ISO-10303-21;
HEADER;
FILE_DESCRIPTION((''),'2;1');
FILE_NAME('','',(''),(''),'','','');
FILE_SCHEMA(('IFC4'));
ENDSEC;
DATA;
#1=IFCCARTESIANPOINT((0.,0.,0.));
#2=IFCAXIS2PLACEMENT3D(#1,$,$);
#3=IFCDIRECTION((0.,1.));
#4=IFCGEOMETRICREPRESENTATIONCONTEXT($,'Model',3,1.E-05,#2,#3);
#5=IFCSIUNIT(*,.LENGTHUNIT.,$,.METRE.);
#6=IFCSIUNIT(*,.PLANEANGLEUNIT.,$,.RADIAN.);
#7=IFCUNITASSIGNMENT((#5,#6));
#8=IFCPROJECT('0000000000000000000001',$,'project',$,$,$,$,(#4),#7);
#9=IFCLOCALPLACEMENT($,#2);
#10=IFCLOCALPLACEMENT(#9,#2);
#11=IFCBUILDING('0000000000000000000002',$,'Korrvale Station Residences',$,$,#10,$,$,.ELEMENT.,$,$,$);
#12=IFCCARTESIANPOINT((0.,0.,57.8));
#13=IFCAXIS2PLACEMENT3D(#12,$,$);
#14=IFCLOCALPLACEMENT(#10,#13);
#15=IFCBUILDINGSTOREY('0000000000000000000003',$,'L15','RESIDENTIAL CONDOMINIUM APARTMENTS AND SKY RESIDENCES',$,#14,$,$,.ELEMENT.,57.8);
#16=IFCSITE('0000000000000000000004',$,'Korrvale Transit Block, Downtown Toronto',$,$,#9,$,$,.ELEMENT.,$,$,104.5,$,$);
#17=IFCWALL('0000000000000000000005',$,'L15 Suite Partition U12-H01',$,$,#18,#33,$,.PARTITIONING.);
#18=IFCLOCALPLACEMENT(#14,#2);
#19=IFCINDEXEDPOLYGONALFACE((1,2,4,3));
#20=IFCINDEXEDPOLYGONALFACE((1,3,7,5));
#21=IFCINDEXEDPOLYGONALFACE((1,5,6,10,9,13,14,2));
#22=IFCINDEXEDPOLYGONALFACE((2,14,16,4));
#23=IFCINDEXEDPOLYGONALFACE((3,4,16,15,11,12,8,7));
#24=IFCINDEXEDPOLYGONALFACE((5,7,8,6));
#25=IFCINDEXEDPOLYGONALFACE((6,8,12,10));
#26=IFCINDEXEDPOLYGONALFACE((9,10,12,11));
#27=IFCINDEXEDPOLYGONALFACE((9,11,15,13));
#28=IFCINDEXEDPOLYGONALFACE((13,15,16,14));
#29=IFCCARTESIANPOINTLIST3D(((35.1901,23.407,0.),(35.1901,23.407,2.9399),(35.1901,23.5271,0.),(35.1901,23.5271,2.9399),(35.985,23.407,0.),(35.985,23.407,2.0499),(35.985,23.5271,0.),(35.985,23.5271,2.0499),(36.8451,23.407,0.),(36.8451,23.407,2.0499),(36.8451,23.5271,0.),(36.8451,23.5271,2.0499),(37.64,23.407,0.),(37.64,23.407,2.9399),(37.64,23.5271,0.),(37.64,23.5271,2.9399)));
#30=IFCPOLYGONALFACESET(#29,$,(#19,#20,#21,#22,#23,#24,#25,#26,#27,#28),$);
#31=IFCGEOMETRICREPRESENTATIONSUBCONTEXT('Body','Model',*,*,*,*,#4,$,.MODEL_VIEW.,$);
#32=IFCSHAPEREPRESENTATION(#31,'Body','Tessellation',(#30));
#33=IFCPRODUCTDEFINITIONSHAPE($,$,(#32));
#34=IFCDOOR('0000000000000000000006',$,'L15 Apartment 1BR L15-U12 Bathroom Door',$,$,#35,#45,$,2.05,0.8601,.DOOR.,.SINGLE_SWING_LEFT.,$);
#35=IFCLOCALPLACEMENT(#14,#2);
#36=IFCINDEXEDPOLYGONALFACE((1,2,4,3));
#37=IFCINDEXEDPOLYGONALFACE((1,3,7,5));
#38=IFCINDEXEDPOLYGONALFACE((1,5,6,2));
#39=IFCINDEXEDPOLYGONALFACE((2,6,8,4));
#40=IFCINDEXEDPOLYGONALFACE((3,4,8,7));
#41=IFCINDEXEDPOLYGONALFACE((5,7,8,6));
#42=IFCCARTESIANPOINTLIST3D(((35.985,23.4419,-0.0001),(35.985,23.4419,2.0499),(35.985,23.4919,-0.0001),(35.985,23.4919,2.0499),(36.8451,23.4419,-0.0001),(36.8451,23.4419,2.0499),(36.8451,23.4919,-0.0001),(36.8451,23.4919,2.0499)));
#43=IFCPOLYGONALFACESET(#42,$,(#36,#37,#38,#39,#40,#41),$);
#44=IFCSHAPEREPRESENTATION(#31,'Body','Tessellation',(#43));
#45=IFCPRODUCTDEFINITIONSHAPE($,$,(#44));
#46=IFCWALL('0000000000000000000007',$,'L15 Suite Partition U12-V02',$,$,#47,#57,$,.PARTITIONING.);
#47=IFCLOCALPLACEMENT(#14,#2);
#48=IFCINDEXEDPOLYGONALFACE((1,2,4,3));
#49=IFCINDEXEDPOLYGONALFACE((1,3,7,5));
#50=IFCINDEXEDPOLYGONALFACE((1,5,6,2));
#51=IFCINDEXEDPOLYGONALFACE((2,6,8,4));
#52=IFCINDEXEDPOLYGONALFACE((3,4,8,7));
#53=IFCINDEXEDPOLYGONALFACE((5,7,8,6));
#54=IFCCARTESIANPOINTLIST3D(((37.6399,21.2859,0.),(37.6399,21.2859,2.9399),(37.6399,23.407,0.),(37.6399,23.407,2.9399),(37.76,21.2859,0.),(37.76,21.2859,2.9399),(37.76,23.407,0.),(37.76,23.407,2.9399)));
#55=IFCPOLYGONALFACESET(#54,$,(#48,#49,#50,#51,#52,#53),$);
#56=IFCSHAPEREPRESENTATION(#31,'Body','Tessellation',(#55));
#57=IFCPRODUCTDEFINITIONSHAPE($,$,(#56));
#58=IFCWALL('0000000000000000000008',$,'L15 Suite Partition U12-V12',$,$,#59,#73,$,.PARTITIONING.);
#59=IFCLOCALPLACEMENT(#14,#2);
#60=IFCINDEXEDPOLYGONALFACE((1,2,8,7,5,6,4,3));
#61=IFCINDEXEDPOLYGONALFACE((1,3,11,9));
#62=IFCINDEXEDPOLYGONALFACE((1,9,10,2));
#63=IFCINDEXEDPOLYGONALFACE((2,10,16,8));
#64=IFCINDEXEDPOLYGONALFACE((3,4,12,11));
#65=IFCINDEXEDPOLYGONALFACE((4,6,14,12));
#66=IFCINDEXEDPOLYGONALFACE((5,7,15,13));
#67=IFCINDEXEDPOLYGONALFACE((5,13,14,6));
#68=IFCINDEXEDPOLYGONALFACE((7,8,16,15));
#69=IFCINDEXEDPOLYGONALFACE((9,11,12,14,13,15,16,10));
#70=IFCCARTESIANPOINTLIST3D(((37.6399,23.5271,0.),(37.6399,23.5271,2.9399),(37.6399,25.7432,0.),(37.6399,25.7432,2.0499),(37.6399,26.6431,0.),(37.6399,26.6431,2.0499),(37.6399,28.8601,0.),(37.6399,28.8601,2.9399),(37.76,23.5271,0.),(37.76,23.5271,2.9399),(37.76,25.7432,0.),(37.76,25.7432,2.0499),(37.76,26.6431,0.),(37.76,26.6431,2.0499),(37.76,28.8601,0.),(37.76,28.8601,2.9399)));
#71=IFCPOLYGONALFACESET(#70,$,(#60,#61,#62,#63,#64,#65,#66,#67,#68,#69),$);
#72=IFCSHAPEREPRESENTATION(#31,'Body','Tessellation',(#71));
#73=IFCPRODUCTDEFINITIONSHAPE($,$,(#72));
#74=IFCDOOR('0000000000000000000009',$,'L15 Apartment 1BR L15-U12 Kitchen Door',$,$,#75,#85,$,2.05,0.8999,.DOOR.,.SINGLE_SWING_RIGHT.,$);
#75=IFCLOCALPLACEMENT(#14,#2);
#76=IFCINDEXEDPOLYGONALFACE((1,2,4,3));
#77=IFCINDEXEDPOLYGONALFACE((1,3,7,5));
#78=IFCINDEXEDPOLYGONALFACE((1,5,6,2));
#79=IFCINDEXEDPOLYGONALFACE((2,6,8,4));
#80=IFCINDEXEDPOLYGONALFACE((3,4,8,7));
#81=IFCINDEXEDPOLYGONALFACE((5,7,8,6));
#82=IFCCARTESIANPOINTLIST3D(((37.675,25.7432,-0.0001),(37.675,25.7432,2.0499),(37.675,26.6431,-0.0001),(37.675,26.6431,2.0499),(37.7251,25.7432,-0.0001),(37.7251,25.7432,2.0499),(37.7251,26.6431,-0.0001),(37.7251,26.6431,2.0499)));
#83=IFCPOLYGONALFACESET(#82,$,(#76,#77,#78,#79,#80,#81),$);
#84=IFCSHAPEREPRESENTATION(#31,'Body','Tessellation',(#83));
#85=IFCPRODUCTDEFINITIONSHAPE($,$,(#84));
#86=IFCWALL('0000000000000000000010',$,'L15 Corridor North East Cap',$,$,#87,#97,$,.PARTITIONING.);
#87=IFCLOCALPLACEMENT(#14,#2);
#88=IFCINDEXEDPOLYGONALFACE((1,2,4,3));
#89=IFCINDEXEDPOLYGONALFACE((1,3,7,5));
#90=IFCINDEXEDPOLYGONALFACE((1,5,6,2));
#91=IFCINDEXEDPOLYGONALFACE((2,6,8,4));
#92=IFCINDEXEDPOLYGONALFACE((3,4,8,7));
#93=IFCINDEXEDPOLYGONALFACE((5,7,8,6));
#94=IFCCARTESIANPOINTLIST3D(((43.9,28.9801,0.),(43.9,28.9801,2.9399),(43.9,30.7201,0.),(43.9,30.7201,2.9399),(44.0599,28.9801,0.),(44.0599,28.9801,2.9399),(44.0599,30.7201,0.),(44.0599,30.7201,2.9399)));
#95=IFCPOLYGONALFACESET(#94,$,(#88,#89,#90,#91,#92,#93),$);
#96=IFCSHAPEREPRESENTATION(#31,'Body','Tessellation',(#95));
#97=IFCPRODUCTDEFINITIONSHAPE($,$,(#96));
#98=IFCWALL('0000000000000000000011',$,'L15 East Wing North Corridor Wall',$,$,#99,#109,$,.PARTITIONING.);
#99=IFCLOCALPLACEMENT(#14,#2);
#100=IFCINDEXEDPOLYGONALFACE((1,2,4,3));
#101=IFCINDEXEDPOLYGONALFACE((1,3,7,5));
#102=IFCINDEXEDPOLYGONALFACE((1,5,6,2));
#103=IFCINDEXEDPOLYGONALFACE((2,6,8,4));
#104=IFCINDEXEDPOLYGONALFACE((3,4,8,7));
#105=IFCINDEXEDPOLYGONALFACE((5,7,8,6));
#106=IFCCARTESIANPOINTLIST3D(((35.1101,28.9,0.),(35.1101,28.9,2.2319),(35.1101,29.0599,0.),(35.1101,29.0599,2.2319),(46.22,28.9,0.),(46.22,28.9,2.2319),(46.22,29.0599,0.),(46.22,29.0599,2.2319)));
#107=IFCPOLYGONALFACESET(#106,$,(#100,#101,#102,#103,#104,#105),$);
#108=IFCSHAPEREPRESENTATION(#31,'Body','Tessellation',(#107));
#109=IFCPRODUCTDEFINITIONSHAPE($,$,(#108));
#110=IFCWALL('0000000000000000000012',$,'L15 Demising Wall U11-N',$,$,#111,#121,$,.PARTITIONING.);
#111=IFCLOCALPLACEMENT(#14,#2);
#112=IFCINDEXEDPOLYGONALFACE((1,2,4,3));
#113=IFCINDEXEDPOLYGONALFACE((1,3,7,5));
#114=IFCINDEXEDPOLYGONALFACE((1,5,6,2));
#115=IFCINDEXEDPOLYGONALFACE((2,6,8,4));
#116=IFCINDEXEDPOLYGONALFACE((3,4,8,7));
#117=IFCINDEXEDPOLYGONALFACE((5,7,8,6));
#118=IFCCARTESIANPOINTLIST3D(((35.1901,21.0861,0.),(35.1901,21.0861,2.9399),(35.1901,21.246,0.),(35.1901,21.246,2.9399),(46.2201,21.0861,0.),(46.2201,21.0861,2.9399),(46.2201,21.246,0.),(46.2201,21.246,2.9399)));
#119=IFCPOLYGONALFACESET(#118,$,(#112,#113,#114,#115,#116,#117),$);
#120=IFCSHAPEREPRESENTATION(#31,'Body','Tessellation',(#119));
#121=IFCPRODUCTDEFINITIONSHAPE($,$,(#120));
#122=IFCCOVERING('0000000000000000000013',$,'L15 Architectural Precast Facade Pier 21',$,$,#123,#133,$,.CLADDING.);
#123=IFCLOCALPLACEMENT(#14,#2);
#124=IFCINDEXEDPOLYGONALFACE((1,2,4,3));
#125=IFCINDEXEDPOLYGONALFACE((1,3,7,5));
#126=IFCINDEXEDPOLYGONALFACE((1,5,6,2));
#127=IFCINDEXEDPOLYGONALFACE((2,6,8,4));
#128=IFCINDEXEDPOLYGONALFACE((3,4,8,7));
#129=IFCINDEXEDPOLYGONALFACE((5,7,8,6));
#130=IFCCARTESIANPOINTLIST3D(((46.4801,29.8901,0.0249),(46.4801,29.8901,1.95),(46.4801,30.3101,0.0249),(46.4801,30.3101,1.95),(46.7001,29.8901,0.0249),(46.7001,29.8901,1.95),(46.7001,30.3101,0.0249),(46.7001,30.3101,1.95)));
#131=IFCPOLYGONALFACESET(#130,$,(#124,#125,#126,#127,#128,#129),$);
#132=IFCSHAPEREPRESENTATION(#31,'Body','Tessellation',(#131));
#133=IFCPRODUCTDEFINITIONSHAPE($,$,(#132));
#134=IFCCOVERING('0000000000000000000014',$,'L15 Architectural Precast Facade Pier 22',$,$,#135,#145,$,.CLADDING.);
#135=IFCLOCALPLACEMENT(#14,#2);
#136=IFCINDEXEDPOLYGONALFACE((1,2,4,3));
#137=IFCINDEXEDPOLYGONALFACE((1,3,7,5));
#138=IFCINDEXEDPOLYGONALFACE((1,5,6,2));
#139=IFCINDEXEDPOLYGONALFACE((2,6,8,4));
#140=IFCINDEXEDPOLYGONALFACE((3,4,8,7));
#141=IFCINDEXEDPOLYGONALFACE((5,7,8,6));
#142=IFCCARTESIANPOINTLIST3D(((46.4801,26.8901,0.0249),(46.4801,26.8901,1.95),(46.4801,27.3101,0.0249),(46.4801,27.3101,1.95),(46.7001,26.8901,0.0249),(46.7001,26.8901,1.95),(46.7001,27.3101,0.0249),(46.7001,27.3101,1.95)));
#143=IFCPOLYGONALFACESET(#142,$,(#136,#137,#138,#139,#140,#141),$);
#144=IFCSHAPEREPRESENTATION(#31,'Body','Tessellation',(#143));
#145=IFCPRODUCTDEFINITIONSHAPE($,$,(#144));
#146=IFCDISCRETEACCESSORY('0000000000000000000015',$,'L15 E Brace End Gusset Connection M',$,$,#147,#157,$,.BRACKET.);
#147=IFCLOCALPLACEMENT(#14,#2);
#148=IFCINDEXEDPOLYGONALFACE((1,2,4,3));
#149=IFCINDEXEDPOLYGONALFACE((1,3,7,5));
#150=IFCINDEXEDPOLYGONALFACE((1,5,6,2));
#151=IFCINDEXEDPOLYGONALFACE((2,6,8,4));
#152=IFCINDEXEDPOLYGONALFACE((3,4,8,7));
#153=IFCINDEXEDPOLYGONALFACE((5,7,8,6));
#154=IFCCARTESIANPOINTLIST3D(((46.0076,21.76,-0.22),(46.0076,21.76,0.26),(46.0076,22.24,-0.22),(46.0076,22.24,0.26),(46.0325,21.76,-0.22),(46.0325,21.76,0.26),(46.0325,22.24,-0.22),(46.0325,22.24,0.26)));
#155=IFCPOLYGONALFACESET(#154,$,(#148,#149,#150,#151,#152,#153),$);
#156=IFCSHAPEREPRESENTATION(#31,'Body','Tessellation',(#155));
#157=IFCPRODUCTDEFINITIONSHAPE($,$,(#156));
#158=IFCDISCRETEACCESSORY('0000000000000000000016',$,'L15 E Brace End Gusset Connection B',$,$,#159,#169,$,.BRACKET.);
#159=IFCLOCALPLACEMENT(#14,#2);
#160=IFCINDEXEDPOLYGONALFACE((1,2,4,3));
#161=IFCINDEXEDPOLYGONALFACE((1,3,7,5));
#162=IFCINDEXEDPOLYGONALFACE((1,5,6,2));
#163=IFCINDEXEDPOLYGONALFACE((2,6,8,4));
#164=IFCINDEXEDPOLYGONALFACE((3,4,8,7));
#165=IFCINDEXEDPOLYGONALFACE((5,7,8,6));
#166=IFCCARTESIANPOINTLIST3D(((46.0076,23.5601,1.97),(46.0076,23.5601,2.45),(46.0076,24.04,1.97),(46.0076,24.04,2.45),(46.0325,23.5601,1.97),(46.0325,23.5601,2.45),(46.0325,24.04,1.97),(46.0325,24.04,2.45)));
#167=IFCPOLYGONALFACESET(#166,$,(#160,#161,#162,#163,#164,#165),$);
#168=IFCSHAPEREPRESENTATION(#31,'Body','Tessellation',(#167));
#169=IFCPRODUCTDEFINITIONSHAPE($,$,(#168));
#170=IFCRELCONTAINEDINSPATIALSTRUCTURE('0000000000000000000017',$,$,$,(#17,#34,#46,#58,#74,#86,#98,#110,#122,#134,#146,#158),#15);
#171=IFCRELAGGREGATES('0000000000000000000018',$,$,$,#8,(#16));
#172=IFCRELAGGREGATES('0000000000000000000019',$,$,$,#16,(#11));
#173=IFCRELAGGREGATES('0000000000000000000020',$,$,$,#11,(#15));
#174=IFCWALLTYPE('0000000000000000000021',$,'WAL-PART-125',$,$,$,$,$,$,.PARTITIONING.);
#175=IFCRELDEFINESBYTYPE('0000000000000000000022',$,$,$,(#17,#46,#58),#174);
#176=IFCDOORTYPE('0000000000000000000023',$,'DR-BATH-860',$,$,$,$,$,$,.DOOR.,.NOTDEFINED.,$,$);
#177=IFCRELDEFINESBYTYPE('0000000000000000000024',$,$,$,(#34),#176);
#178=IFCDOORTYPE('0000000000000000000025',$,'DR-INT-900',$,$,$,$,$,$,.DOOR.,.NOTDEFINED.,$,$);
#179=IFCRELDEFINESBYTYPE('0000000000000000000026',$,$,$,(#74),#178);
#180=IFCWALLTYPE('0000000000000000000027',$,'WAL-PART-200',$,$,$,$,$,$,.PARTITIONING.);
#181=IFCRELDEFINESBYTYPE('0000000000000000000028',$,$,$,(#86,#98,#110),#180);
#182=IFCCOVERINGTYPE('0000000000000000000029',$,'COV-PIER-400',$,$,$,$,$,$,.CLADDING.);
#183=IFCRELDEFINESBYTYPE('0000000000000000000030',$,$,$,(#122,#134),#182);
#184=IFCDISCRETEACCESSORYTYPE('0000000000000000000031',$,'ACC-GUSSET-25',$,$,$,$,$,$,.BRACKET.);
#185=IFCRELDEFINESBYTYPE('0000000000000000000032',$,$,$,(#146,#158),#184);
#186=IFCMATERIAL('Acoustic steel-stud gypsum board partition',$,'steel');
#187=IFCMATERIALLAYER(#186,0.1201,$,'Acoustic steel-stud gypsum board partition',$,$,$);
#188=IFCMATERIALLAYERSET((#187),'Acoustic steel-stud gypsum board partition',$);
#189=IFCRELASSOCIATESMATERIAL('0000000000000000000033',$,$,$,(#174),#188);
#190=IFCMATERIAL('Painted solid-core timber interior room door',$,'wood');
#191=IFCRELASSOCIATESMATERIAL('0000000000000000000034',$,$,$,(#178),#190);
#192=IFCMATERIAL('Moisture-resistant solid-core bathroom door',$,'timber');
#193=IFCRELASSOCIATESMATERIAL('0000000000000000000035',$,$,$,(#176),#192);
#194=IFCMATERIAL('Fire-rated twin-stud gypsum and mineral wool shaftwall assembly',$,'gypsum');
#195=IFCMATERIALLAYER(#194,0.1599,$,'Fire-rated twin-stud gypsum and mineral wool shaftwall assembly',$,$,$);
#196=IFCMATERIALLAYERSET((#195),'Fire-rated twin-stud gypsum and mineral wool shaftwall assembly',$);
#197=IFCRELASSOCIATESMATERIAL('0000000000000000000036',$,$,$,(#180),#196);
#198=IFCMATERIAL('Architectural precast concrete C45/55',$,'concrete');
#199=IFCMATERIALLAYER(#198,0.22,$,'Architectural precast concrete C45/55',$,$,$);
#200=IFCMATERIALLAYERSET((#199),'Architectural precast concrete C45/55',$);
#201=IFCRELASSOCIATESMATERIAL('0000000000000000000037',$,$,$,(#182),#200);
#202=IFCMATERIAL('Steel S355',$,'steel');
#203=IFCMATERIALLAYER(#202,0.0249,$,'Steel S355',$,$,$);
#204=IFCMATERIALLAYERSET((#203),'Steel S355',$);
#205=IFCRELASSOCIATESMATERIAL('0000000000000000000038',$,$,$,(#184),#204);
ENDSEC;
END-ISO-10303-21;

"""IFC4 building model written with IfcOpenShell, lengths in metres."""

from ifc_helpers import new_model, si_unit, direction, frame, frame_2d, origin, origin_2d, place, context, subcontext, project, spatial, rectangle, extrude, material, layer, layer_set, type_object, element, fill, save


model = new_model("IFC4")

# Units and contexts
model_context = context("Model", 3, precision=1e-05, world=origin(), true_north=direction((0.0, 1.0)))
body_context = subcontext(model_context, "Body", "Model", "MODEL_VIEW")
ifc_project = project(units=[si_unit("LENGTHUNIT", "METRE"), si_unit("PLANEANGLEUNIT", "RADIAN")], contexts=[model_context])

# Site, building, storey
site_placement = place(None, origin())
site = spatial("IfcSite", under=ifc_project, at=site_placement, Name="Korrvale Transit Block, Downtown Toronto", CompositionType="ELEMENT", RefElevation=104.5)
building_placement = place(site_placement, origin())
building = spatial("IfcBuilding", under=site, at=building_placement, Name="Korrvale Station Residences", CompositionType="ELEMENT")
storey_placement = place(building_placement, frame((0.0, 0.0, 57.8)))
storey = spatial("IfcBuildingStorey", under=building, at=storey_placement, Name="L15", Description="RESIDENTIAL CONDOMINIUM APARTMENTS AND SKY RESIDENCES", CompositionType="ELEMENT", Elevation=57.8)

# Shared definitions
ifc_material_1 = material(Name="Steel S355", Category="steel")

# Wall, opening, door
ifc_material_2 = material(Name="Acoustic steel-stud gypsum board partition", Category="steel")
ifc_layer_1 = layer(ifc_material_2, 0.1201, Name="Acoustic steel-stud gypsum board partition")
ifc_layer_set_1 = layer_set([ifc_layer_1], Name="Acoustic steel-stud gypsum board partition")
wall_type_1 = type_object("IfcWallType", Name="WAL-PART-125", PredefinedType="PARTITIONING", material=ifc_layer_set_1)
ifc_material_3 = material(Name="Painted solid-core timber interior room door", Category="wood")
door_type_1 = type_object("IfcDoorType", Name="DR-INT-900", OperationType="NOTDEFINED", PredefinedType="DOOR", material=ifc_material_3)
wall_1_placement = place(storey_placement, frame((35.1899, 23.467, 0.0), z_axis=(0.0, 0.0, 1.0), x_axis=(1.0, 0.0, 0.0)))
wall_1 = element("IfcWall", 1, at=wall_1_placement, inside=storey, type_object=wall_type_1, Name="L15 Suite Partition U12-H01", PredefinedType="PARTITIONING", context=body_context, shape_type="SweptSolid", body=[
    extrude(rectangle(XDim=2.45, YDim=0.1201, at=frame_2d((1.2251, 0.0))), origin(), (0.0, 0.0, 1.0), 2.9399),
])
opening_1_placement = place(wall_1_placement, frame((0.7949, 0.0, 0.0)))
opening_1 = element("IfcOpeningElement", 2, at=opening_1_placement, cuts=wall_1, PredefinedType="OPENING", context=body_context, shape_type="SweptSolid", body=[
    extrude(rectangle(XDim=0.8601, YDim=2.05, at=frame_2d((0.4302, 1.0249))), frame((0.0, 0.0701, 0.0), z_axis=(0.0, -1.0, 0.0), x_axis=(1.0, 0.0, 0.0)), (0.0, 0.0, 1.0), 0.1401),
])
ifc_material_4 = material(Name="Moisture-resistant solid-core bathroom door", Category="timber")
door_type_2 = type_object("IfcDoorType", Name="DR-BATH-860", OperationType="NOTDEFINED", PredefinedType="DOOR", material=ifc_material_4)
door_1_placement = place(opening_1_placement, origin())
door_1 = element("IfcDoor", 3, at=door_1_placement, inside=storey, type_object=door_type_2, Name="L15 Apartment 1BR L15-U12 Bathroom Door", OperationType="SINGLE_SWING_LEFT", OverallHeight=2.05, OverallWidth=0.8601, PredefinedType="DOOR", context=body_context, shape_type="SweptSolid", body=[
    extrude(rectangle(XDim=0.8601, YDim=2.05, at=frame_2d((0.4302, 1.0249))), frame((0.0, 0.0249, 0.0), z_axis=(0.0, -1.0, 0.0), x_axis=(1.0, 0.0, 0.0)), (0.0, 0.0, 1.0), 0.05),
])
fill(opening_1, door_1)

# Wall
wall_2_placement = place(storey_placement, frame((37.7, 21.2859, 0.0), z_axis=(0.0, 0.0, 1.0), x_axis=(0.0, 1.0, 0.0)))
element("IfcWall", 4, at=wall_2_placement, inside=storey, type_object=wall_type_1, Name="L15 Suite Partition U12-V02", PredefinedType="PARTITIONING", context=body_context, shape_type="SweptSolid", body=[
    extrude(rectangle(XDim=2.1211, YDim=0.1201, at=frame_2d((1.0605, 0.0))), origin(), (0.0, 0.0, 1.0), 2.9399),
])

# Wall, opening, door
wall_3_placement = place(storey_placement, frame((37.7, 23.5271, 0.0), z_axis=(0.0, 0.0, 1.0), x_axis=(0.0, 1.0, 0.0)))
wall_3 = element("IfcWall", 5, at=wall_3_placement, inside=storey, type_object=wall_type_1, Name="L15 Suite Partition U12-V12", PredefinedType="PARTITIONING", context=body_context, shape_type="SweptSolid", body=[
    extrude(rectangle(XDim=5.333, YDim=0.1201, at=frame_2d((2.6665, 0.0))), origin(), (0.0, 0.0, 1.0), 2.9399),
])
opening_2_placement = place(wall_3_placement, frame((2.2161, 0.0, 0.0)))
opening_2 = element("IfcOpeningElement", 6, at=opening_2_placement, cuts=wall_3, PredefinedType="OPENING", context=body_context, shape_type="SweptSolid", body=[
    extrude(rectangle(XDim=0.8999, YDim=2.05, at=frame_2d((0.45, 1.0249))), frame((0.0, 0.0701, 0.0), z_axis=(0.0, -1.0, 0.0), x_axis=(1.0, 0.0, 0.0)), (0.0, 0.0, 1.0), 0.1401),
])
door_2_placement = place(opening_2_placement, origin())
door_2 = element("IfcDoor", 7, at=door_2_placement, inside=storey, type_object=door_type_1, Name="L15 Apartment 1BR L15-U12 Kitchen Door", OperationType="SINGLE_SWING_RIGHT", OverallHeight=2.05, OverallWidth=0.8999, PredefinedType="DOOR", context=body_context, shape_type="SweptSolid", body=[
    extrude(rectangle(XDim=0.8999, YDim=2.05, at=frame_2d((0.45, 1.0249))), frame((0.0, 0.0249, 0.0), z_axis=(0.0, -1.0, 0.0), x_axis=(1.0, 0.0, 0.0)), (0.0, 0.0, 1.0), 0.05),
])
fill(opening_2, door_2)

# Walls
ifc_material_5 = material(Name="Fire-rated twin-stud gypsum and mineral wool shaftwall assembly", Category="gypsum")
ifc_layer_2 = layer(ifc_material_5, 0.1599, Name="Fire-rated twin-stud gypsum and mineral wool shaftwall assembly")
ifc_layer_set_2 = layer_set([ifc_layer_2], Name="Fire-rated twin-stud gypsum and mineral wool shaftwall assembly")
wall_type_2 = type_object("IfcWallType", Name="WAL-PART-200", PredefinedType="PARTITIONING", material=ifc_layer_set_2)
wall_4_placement = place(storey_placement, frame((43.98, 28.98, 0.0), z_axis=(0.0, 0.0, 1.0), x_axis=(0.0, 1.0, 0.0)))
element("IfcWall", 8, at=wall_4_placement, inside=storey, type_object=wall_type_2, Name="L15 Corridor North East Cap", PredefinedType="PARTITIONING", context=body_context, shape_type="SweptSolid", body=[
    extrude(rectangle(XDim=1.74, YDim=0.1599, at=frame_2d((0.8701, 0.0))), origin(), (0.0, 0.0, 1.0), 2.9399),
])
wall_5_placement = place(storey_placement, frame((35.1101, 28.98, 0.0), z_axis=(0.0, 0.0, 1.0), x_axis=(1.0, 0.0, 0.0)))
element("IfcWall", 9, at=wall_5_placement, inside=storey, type_object=wall_type_2, Name="L15 East Wing North Corridor Wall", PredefinedType="PARTITIONING", context=body_context, shape_type="SweptSolid", body=[
    extrude(rectangle(XDim=11.1099, YDim=0.1599, at=frame_2d((5.5549, 0.0))), origin(), (0.0, 0.0, 1.0), 2.2319),
])
wall_6_placement = place(storey_placement, frame((35.1899, 21.166, 0.0), z_axis=(0.0, 0.0, 1.0), x_axis=(1.0, 0.0, 0.0)))
element("IfcWall", 10, at=wall_6_placement, inside=storey, type_object=wall_type_2, Name="L15 Demising Wall U11-N", PredefinedType="PARTITIONING", context=body_context, shape_type="SweptSolid", body=[
    extrude(rectangle(XDim=11.03, YDim=0.1599, at=frame_2d((5.5151, 0.0))), origin(), (0.0, 0.0, 1.0), 2.9399),
])

# Coverings
ifc_material_6 = material(Name="Architectural precast concrete C45/55", Category="concrete")
ifc_layer_3 = layer(ifc_material_6, 0.22, Name="Architectural precast concrete C45/55")
ifc_layer_set_3 = layer_set([ifc_layer_3], Name="Architectural precast concrete C45/55")
covering_type = type_object("IfcCoveringType", Name="COV-PIER-400", PredefinedType="CLADDING", material=ifc_layer_set_3)
for number, where, z_axis, x_axis, name in (
    (11, (46.5901, 30.1001, 0.0249), (0.0, 0.0, 1.0), (0.0, 1.0, 0.0), "L15 Architectural Precast Facade Pier 21"),
    (12, (46.5901, 27.1001, 0.0249), (0.0, 0.0, 1.0), (0.0, 1.0, 0.0), "L15 Architectural Precast Facade Pier 22"),
):
    element("IfcCovering", number, at=place(storey_placement, frame(where, z_axis=z_axis, x_axis=x_axis)), inside=storey, type_object=covering_type, Name=name, PredefinedType="CLADDING", context=body_context, shape_type="SweptSolid", body=[
        extrude(rectangle(XDim=0.4199, YDim=0.22, at=origin_2d()), origin(), (0.0, 0.0, 1.0), 1.925),
    ])

# Discrete accessories
ifc_layer_4 = layer(ifc_material_1, 0.0249, Name="Steel S355")
ifc_layer_set_4 = layer_set([ifc_layer_4], Name="Steel S355")
discrete_accessory_type = type_object("IfcDiscreteAccessoryType", Name="ACC-GUSSET-25", PredefinedType="BRACKET", material=ifc_layer_set_4)
for number, where, z_axis, x_axis, name in (
    (13, (46.02, 22.0, -0.22), (0.0, 0.0, 1.0), (0.0, 1.0, 0.0), "L15 E Brace End Gusset Connection M"),
    (14, (46.02, 23.8, 1.97), (0.0, 0.0, 1.0), (0.0, 1.0, 0.0), "L15 E Brace End Gusset Connection B"),
):
    element("IfcDiscreteAccessory", number, at=place(storey_placement, frame(where, z_axis=z_axis, x_axis=x_axis)), inside=storey, type_object=discrete_accessory_type, Name=name, PredefinedType="BRACKET", context=body_context, shape_type="SweptSolid", body=[
        extrude(rectangle(XDim=0.48, YDim=0.0249, at=origin_2d()), origin(), (0.0, 0.0, 1.0), 0.48),
    ])

save(model, "model.ifc")
